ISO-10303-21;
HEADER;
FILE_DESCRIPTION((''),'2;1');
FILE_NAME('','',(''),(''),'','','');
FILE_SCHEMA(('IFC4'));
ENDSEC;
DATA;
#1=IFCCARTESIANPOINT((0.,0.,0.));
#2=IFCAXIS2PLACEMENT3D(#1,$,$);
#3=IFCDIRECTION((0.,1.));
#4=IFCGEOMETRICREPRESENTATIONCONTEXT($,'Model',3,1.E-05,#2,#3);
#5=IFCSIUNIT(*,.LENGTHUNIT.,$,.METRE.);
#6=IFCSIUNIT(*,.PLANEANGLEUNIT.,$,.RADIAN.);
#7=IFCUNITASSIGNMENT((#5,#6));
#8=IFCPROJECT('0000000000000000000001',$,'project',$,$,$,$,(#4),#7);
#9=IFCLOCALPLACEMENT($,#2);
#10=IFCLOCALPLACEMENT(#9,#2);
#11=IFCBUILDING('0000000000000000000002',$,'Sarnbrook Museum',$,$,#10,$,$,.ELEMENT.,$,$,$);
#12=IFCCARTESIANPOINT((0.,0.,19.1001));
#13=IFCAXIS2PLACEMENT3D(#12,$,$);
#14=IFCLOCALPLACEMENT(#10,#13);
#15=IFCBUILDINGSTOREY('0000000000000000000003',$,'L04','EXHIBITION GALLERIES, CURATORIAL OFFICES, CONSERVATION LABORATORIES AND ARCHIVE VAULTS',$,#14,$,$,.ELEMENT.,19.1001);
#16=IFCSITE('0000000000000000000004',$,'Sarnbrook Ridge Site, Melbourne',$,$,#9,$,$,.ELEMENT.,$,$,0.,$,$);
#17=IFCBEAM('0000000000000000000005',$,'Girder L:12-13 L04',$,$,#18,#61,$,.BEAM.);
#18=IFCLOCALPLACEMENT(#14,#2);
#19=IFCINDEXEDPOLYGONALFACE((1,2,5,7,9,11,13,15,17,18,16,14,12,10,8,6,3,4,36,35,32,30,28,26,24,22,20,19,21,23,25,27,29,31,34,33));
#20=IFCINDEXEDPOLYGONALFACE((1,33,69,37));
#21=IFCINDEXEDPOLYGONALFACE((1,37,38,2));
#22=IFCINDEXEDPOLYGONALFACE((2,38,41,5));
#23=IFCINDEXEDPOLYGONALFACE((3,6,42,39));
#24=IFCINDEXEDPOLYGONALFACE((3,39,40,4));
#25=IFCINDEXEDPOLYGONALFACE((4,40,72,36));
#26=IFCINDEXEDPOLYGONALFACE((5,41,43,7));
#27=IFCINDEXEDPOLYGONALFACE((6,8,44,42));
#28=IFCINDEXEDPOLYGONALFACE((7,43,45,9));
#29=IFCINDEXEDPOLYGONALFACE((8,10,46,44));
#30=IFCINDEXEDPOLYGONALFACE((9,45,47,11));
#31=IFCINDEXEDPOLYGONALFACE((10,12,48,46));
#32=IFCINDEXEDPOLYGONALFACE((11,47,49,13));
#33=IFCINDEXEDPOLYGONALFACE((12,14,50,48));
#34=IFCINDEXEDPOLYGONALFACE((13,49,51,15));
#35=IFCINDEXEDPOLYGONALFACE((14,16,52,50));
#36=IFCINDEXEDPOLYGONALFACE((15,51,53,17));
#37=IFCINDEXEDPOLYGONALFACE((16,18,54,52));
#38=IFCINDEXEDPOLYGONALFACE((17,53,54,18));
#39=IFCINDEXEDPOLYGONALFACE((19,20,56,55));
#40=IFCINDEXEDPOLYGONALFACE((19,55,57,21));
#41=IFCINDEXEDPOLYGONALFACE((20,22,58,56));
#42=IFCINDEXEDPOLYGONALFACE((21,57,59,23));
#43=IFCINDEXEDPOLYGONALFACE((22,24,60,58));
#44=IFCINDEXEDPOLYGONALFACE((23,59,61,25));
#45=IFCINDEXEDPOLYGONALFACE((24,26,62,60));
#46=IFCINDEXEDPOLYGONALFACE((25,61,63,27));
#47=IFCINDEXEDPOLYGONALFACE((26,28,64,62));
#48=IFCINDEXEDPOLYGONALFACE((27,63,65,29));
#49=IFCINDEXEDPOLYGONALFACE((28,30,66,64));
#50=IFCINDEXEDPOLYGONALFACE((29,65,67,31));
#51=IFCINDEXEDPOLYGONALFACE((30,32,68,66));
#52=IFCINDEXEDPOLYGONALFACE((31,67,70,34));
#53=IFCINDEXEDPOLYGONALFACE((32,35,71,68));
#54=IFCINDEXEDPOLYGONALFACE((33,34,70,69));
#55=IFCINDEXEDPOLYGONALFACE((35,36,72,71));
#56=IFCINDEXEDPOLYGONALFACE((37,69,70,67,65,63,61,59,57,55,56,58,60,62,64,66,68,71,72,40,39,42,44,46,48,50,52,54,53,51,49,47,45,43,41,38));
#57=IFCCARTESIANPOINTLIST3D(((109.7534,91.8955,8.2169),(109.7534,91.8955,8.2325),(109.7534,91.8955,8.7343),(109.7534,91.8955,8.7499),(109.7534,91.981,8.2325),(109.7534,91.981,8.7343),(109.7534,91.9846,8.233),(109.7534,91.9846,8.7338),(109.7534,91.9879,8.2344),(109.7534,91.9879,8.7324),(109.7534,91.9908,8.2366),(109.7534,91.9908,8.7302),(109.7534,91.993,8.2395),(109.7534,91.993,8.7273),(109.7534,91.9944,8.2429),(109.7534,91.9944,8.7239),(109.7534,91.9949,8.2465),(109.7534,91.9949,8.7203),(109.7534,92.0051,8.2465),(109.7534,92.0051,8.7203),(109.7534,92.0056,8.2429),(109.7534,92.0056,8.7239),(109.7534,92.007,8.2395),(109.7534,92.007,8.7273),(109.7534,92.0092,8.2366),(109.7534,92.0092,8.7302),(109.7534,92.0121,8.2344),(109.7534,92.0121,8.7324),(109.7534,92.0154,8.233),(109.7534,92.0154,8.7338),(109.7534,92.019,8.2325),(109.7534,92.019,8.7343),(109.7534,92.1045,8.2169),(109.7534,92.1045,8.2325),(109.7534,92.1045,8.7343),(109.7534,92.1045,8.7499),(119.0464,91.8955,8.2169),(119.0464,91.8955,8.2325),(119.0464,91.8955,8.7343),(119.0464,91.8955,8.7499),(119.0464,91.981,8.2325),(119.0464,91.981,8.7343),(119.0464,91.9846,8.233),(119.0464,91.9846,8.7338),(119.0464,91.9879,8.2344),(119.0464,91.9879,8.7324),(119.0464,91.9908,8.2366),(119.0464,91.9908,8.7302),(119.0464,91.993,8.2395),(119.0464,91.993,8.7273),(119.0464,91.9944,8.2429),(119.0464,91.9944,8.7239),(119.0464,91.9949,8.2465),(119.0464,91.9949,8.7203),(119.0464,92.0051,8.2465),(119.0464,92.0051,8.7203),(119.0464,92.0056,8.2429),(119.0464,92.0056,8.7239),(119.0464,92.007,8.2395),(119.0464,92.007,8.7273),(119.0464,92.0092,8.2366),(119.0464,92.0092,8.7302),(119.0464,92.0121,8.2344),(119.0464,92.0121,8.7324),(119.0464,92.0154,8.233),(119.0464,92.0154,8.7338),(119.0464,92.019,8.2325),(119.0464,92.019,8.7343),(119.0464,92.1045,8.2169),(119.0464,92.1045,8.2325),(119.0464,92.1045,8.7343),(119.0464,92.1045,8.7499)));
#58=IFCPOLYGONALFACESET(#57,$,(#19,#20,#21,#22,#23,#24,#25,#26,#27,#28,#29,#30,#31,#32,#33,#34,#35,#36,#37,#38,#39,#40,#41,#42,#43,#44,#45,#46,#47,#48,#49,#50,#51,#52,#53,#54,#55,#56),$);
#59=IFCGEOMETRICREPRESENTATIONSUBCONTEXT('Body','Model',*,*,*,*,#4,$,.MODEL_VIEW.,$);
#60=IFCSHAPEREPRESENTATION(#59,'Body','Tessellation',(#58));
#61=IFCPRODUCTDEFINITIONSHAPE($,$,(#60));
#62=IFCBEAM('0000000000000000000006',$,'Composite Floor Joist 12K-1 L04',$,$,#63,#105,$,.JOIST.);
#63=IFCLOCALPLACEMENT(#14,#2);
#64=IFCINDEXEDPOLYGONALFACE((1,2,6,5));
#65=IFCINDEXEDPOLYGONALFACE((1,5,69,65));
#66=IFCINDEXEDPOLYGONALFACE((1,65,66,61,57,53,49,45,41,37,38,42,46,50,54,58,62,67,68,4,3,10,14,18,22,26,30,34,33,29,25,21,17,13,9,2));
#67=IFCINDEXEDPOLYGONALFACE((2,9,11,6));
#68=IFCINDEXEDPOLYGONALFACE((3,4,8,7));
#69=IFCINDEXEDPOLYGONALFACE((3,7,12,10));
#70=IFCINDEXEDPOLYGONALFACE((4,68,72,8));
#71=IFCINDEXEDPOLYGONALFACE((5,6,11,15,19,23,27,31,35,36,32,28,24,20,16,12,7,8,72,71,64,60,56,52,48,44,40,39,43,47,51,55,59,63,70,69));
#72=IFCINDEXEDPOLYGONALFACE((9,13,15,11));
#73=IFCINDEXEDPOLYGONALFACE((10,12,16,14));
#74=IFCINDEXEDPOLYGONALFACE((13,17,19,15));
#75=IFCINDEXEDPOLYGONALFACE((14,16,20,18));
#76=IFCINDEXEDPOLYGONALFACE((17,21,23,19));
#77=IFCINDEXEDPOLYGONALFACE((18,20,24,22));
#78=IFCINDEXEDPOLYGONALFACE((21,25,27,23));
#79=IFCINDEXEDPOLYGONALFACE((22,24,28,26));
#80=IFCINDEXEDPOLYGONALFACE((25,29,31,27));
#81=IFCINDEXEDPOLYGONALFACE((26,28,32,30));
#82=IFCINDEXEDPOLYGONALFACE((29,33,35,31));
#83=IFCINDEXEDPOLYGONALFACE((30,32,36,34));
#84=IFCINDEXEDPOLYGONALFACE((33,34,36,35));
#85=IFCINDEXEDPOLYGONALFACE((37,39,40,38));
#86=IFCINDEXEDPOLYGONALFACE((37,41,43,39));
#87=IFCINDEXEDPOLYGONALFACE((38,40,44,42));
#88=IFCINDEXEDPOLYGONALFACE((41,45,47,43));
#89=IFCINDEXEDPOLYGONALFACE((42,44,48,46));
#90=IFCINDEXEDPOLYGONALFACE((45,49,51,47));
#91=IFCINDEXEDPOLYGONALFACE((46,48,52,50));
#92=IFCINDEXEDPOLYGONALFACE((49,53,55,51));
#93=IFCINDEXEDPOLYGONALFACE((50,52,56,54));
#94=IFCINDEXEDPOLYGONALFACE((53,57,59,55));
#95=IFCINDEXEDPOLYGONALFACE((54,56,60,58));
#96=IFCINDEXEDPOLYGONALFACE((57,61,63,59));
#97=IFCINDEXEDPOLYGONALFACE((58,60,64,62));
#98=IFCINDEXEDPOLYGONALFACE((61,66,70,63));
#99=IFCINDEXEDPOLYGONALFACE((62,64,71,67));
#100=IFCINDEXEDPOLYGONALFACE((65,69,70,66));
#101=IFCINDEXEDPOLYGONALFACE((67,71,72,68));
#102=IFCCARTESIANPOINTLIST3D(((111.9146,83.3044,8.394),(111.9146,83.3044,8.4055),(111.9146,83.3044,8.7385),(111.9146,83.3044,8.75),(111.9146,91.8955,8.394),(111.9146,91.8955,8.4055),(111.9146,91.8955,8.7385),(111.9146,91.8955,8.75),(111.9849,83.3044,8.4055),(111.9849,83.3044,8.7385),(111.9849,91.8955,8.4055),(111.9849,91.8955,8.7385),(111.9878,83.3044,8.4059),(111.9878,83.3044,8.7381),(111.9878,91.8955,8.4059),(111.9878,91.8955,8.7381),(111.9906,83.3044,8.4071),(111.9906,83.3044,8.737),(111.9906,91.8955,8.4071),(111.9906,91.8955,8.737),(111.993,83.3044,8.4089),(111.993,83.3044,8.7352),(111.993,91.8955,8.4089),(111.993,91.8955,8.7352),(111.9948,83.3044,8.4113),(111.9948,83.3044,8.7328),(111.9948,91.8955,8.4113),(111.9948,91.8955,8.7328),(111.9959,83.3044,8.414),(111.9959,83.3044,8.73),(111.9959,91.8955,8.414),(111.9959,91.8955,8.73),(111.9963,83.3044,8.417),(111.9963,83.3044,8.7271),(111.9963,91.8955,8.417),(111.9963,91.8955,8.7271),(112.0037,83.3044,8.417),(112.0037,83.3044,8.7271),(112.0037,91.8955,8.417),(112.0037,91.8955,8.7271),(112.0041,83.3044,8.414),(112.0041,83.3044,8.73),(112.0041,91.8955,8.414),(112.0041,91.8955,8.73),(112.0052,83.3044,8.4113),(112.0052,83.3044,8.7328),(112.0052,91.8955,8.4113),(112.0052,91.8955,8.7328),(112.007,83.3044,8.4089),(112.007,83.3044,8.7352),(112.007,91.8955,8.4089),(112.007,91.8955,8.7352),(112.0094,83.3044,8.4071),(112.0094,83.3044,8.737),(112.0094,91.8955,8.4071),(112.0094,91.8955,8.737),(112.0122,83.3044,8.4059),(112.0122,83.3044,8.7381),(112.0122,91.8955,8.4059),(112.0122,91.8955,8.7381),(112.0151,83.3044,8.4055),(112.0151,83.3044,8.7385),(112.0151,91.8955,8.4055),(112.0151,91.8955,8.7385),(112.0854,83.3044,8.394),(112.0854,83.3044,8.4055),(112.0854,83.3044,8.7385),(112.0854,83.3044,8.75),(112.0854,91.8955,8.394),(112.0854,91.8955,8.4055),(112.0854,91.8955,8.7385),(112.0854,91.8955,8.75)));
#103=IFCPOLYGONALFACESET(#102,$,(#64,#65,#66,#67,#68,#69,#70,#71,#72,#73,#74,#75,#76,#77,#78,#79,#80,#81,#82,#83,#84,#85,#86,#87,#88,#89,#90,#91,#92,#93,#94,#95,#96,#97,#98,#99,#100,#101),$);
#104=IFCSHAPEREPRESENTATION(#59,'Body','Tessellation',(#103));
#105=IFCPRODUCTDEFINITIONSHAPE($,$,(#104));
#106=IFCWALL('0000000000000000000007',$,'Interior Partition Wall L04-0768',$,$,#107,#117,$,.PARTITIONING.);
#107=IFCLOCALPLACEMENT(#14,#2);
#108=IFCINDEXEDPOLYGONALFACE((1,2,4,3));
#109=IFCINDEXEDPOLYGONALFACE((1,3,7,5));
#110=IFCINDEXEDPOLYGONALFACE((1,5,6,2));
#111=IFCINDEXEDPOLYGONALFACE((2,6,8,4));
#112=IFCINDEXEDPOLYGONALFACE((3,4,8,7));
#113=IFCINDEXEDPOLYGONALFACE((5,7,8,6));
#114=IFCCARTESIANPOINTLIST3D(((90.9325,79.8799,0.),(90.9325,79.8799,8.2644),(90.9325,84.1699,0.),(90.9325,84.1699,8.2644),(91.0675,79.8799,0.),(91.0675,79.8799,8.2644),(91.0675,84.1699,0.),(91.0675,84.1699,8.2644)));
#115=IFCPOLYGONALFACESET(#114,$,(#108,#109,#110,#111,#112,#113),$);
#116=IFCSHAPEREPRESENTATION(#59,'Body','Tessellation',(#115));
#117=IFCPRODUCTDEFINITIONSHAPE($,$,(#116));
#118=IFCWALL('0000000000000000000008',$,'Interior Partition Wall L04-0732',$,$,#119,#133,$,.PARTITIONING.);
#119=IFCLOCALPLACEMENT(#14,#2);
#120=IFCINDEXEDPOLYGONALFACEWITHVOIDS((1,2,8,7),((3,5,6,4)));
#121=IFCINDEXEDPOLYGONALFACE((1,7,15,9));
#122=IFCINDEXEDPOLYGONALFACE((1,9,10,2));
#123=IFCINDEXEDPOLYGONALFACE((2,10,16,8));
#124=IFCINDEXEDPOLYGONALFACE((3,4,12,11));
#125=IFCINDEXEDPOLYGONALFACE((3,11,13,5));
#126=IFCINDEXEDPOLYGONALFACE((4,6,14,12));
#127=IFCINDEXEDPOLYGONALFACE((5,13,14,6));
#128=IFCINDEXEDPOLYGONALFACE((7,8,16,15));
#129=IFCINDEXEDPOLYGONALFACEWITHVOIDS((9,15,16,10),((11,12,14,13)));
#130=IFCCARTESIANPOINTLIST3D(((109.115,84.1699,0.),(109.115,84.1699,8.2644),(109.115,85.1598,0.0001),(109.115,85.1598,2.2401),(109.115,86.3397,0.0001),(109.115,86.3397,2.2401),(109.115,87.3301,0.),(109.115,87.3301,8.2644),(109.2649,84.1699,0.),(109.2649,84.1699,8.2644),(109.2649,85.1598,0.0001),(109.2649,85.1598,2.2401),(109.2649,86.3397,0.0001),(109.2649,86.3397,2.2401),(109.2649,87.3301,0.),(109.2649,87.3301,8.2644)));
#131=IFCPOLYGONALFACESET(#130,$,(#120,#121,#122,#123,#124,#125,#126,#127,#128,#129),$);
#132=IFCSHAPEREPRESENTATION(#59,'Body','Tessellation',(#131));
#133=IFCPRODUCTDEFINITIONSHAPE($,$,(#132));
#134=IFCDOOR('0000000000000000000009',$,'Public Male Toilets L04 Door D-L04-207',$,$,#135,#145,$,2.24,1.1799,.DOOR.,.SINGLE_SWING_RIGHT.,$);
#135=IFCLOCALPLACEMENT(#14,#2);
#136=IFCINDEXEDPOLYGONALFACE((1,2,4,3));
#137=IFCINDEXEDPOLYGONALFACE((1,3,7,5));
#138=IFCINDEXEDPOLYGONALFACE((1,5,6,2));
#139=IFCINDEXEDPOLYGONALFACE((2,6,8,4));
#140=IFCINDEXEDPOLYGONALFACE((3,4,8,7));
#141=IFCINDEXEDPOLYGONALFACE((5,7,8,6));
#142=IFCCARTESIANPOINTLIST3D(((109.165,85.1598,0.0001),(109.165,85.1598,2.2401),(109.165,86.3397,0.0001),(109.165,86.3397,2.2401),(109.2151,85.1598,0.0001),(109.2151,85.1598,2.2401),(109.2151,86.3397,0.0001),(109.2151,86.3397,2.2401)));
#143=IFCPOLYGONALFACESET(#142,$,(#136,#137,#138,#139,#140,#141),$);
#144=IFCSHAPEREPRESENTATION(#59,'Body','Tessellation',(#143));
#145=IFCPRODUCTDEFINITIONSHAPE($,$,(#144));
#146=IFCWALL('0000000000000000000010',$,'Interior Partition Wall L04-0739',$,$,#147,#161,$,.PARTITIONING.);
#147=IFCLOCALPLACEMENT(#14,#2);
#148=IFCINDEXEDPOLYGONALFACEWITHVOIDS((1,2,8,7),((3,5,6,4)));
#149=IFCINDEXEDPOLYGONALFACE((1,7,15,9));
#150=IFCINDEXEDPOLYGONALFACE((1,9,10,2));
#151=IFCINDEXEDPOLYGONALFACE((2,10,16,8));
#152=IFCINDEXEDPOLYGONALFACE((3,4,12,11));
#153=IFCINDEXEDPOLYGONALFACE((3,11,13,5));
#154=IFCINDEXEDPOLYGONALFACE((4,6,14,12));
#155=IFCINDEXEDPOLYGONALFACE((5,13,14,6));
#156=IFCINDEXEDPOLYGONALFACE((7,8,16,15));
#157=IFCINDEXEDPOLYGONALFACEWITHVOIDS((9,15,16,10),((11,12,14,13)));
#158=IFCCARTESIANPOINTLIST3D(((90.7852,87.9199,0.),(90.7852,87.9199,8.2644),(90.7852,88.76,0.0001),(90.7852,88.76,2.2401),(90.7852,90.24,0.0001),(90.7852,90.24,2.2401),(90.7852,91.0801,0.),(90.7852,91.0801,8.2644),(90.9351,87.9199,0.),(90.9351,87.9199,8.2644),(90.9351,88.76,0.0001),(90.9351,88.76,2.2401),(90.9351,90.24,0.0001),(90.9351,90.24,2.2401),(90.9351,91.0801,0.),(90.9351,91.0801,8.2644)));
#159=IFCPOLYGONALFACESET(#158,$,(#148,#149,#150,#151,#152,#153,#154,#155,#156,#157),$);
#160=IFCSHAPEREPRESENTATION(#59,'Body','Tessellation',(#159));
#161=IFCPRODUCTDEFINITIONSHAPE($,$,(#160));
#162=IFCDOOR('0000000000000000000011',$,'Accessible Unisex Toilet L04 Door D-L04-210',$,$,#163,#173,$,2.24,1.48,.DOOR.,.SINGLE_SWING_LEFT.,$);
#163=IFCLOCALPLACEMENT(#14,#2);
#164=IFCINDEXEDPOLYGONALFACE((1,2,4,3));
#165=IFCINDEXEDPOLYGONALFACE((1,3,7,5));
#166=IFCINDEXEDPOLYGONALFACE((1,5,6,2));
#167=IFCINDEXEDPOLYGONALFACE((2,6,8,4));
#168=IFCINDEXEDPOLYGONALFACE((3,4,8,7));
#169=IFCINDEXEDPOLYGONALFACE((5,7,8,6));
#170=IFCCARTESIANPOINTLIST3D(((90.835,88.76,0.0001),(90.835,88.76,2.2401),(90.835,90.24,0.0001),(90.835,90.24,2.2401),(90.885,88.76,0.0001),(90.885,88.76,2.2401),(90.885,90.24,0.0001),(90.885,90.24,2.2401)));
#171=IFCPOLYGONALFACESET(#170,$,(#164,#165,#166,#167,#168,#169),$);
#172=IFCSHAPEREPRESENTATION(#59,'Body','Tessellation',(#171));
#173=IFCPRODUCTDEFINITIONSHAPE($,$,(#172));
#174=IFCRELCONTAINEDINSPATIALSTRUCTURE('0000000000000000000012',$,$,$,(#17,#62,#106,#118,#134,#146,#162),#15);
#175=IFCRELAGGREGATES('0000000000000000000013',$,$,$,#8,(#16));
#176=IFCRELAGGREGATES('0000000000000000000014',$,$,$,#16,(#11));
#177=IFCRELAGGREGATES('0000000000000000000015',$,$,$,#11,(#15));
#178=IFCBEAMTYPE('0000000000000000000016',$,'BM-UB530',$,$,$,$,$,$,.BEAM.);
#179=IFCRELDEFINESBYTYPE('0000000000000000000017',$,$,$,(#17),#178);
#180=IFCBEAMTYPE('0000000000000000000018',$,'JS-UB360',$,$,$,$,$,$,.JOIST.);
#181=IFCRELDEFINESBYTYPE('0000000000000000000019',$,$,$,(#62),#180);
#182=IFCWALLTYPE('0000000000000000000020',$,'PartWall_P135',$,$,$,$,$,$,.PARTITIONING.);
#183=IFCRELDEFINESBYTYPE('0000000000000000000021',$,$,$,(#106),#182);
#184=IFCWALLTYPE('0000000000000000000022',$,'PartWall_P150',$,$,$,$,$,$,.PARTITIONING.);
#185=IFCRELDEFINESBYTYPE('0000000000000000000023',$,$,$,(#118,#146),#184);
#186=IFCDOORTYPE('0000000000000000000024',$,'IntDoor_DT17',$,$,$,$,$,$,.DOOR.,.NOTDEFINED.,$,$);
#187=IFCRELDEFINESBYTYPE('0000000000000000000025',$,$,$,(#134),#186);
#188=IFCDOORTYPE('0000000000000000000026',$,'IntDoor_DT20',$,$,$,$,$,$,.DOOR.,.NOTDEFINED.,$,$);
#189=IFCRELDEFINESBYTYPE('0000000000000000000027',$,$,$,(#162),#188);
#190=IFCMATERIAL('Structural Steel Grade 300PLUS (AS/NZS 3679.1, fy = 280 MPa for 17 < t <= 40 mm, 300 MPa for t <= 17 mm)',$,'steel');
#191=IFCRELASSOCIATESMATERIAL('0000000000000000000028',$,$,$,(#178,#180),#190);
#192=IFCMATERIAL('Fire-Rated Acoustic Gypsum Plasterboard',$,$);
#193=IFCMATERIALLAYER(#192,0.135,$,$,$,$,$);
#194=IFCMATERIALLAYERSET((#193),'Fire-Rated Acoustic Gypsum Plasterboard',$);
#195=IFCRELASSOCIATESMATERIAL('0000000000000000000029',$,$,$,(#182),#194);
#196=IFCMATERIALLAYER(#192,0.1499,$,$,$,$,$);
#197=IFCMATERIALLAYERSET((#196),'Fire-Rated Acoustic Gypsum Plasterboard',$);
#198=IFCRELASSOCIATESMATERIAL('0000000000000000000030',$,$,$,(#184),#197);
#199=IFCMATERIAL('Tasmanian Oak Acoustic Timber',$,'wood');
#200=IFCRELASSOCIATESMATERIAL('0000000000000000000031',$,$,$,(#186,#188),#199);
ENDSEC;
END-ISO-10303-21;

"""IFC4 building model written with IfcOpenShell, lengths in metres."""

from ifc_helpers import new_model, si_unit, direction, frame, frame_2d, origin, origin_2d, place, context, subcontext, project, spatial, rectangle, i_section, extrude, material, layer, layer_set, material_profile, profile_set, type_object, element, fill, save


model = new_model("IFC4")

# Units and contexts
model_context = context("Model", 3, precision=1e-05, world=origin(), true_north=direction((0.0, 1.0)))
body_context = subcontext(model_context, "Body", "Model", "MODEL_VIEW")
ifc_project = project(units=[si_unit("LENGTHUNIT", "METRE"), si_unit("PLANEANGLEUNIT", "RADIAN")], contexts=[model_context])

# Site, building, storey
site_placement = place(None, origin())
site = spatial("IfcSite", under=ifc_project, at=site_placement, Name="Sarnbrook Ridge Site, Melbourne", CompositionType="ELEMENT", RefElevation=0.0)
building_placement = place(site_placement, origin())
building = spatial("IfcBuilding", under=site, at=building_placement, Name="Sarnbrook Museum", CompositionType="ELEMENT")
storey_placement = place(building_placement, frame((0.0, 0.0, 19.1001)))
storey = spatial("IfcBuildingStorey", under=building, at=storey_placement, Name="L04", Description="EXHIBITION GALLERIES, CURATORIAL OFFICES, CONSERVATION LABORATORIES AND ARCHIVE VAULTS", CompositionType="ELEMENT", Elevation=19.1001)

# Shared definitions
ifc_material_1 = material(Name="Structural Steel Grade 300PLUS (AS/NZS 3679.1, fy = 280 MPa for 17 < t <= 40 mm, 300 MPa for t <= 17 mm)", Category="steel")

# Beams
ifc_material_profile_1 = material_profile(ifc_material_1, i_section(OverallWidth=0.209, OverallDepth=0.533, WebThickness=0.0103, FlangeThickness=0.0156, FilletRadius=0.0139, at=origin_2d()), Name="530UB92.4")
ifc_profile_set_1 = profile_set([ifc_material_profile_1], Name="Structural Steel Grade 300PLUS (AS/NZS 3679.1, fy = 280 MPa for 17 < t <= 40 mm, 300 MPa for t <= 17 mm)")
beam_type_1 = type_object("IfcBeamType", Name="BM-UB530", PredefinedType="BEAM", material=ifc_profile_set_1)
for number, where, z_axis, x_axis, name in (
    (1, (109.7534, 92.0, 8.4834), (1.0, 0.0, 0.0), (0.0, 1.0, 0.0), "Girder L:12-13 L04"),
):
    element("IfcBeam", number, at=place(storey_placement, frame(where, z_axis=z_axis, x_axis=x_axis)), inside=storey, type_object=beam_type_1, Name=name, PredefinedType="BEAM", context=body_context, shape_type="SweptSolid", body=[
        extrude(i_section(OverallWidth=0.209, OverallDepth=0.533, WebThickness=0.0103, FlangeThickness=0.0156, FilletRadius=0.0139, at=origin_2d()), origin(), (0.0, 0.0, 1.0), 9.293),
    ])
ifc_material_profile_2 = material_profile(ifc_material_1, i_section(OverallWidth=0.1709, OverallDepth=0.356, WebThickness=0.0073, FlangeThickness=0.0115, FilletRadius=0.0115, at=origin_2d()), Name="360UB50.7")
ifc_profile_set_2 = profile_set([ifc_material_profile_2], Name="Structural Steel Grade 300PLUS (AS/NZS 3679.1, fy = 280 MPa for 17 < t <= 40 mm, 300 MPa for t <= 17 mm)")
beam_type_2 = type_object("IfcBeamType", Name="JS-UB360", PredefinedType="JOIST", material=ifc_profile_set_2)
beam_placement = place(storey_placement, frame((112.0, 83.3044, 8.572), z_axis=(0.0, 1.0, 0.0), x_axis=(-1.0, 0.0, 0.0)))
element("IfcBeam", 2, at=beam_placement, inside=storey, type_object=beam_type_2, Name="Composite Floor Joist 12K-1 L04", PredefinedType="JOIST", context=body_context, shape_type="SweptSolid", body=[
    extrude(i_section(OverallWidth=0.1709, OverallDepth=0.356, WebThickness=0.0073, FlangeThickness=0.0115, FilletRadius=0.0115, at=origin_2d()), origin(), (0.0, 0.0, 1.0), 8.5911),
])

# Wall
ifc_material_2 = material(Name="Fire-Rated Acoustic Gypsum Plasterboard")
ifc_layer_1 = layer(ifc_material_2, 0.135)
ifc_layer_set_1 = layer_set([ifc_layer_1], Name="Fire-Rated Acoustic Gypsum Plasterboard")
wall_type_1 = type_object("IfcWallType", Name="PartWall_P135", PredefinedType="PARTITIONING", material=ifc_layer_set_1)
wall_1_placement = place(storey_placement, frame((91.0, 84.1699, 0.0), z_axis=(0.0, 0.0, 1.0), x_axis=(0.0, -1.0, 0.0)))
element("IfcWall", 3, at=wall_1_placement, inside=storey, type_object=wall_type_1, Name="Interior Partition Wall L04-0768", PredefinedType="PARTITIONING", context=body_context, shape_type="SweptSolid", body=[
    extrude(rectangle(XDim=4.29, YDim=0.135, at=frame_2d((2.145, 0.0))), origin(), (0.0, 0.0, 1.0), 8.2644),
])

# Walls, openings, doors
ifc_layer_2 = layer(ifc_material_2, 0.1499)
ifc_layer_set_2 = layer_set([ifc_layer_2], Name="Fire-Rated Acoustic Gypsum Plasterboard")
wall_type_2 = type_object("IfcWallType", Name="PartWall_P150", PredefinedType="PARTITIONING", material=ifc_layer_set_2)
wall_2_placement = place(storey_placement, frame((109.1899, 84.1699, 0.0), z_axis=(0.0, 0.0, 1.0), x_axis=(0.0, 1.0, 0.0)))
wall_2 = element("IfcWall", 4, at=wall_2_placement, inside=storey, type_object=wall_type_2, Name="Interior Partition Wall L04-0732", PredefinedType="PARTITIONING", context=body_context, shape_type="SweptSolid", body=[
    extrude(rectangle(XDim=3.1602, YDim=0.1499, at=frame_2d((1.5801, 0.0))), origin(), (0.0, 0.0, 1.0), 8.2644),
])
opening_1_placement = place(wall_2_placement, frame((0.99, 0.0, 0.0)))
opening_1 = element("IfcOpeningElement", 5, at=opening_1_placement, cuts=wall_2, PredefinedType="OPENING", context=body_context, shape_type="SweptSolid", body=[
    extrude(rectangle(XDim=1.1799, YDim=2.24, at=frame_2d((0.5898, 1.1201))), frame((0.0, 0.085, 0.0), z_axis=(0.0, -1.0, 0.0), x_axis=(1.0, 0.0, 0.0)), (0.0, 0.0, 1.0), 0.1699),
])
ifc_material_3 = material(Name="Tasmanian Oak Acoustic Timber", Category="wood")
door_type_1 = type_object("IfcDoorType", Name="IntDoor_DT17", OperationType="NOTDEFINED", PredefinedType="DOOR", material=ifc_material_3)
door_1_placement = place(opening_1_placement, origin())
door_1 = element("IfcDoor", 6, at=door_1_placement, inside=storey, type_object=door_type_1, Name="Public Male Toilets L04 Door D-L04-207", OperationType="SINGLE_SWING_RIGHT", OverallHeight=2.24, OverallWidth=1.1799, PredefinedType="DOOR", context=body_context, shape_type="SweptSolid", body=[
    extrude(rectangle(XDim=1.1799, YDim=2.24, at=frame_2d((0.5898, 1.1201))), frame((0.0, 0.0249, 0.0), z_axis=(0.0, -1.0, 0.0), x_axis=(1.0, 0.0, 0.0)), (0.0, 0.0, 1.0), 0.05),
])
fill(opening_1, door_1)
wall_3_placement = place(storey_placement, frame((90.8601, 91.0801, 0.0), z_axis=(0.0, 0.0, 1.0), x_axis=(0.0, -1.0, 0.0)))
wall_3 = element("IfcWall", 7, at=wall_3_placement, inside=storey, type_object=wall_type_2, Name="Interior Partition Wall L04-0739", PredefinedType="PARTITIONING", context=body_context, shape_type="SweptSolid", body=[
    extrude(rectangle(XDim=3.1602, YDim=0.1499, at=frame_2d((1.5801, 0.0))), origin(), (0.0, 0.0, 1.0), 8.2644),
])
opening_2_placement = place(wall_3_placement, frame((0.8401, 0.0, 0.0)))
opening_2 = element("IfcOpeningElement", 8, at=opening_2_placement, cuts=wall_3, PredefinedType="OPENING", context=body_context, shape_type="SweptSolid", body=[
    extrude(rectangle(XDim=1.48, YDim=2.24, at=frame_2d((0.74, 1.1201))), frame((0.0, 0.085, 0.0), z_axis=(0.0, -1.0, 0.0), x_axis=(1.0, 0.0, 0.0)), (0.0, 0.0, 1.0), 0.1699),
])
door_type_2 = type_object("IfcDoorType", Name="IntDoor_DT20", OperationType="NOTDEFINED", PredefinedType="DOOR", material=ifc_material_3)
door_2_placement = place(opening_2_placement, origin())
door_2 = element("IfcDoor", 9, at=door_2_placement, inside=storey, type_object=door_type_2, Name="Accessible Unisex Toilet L04 Door D-L04-210", OperationType="SINGLE_SWING_LEFT", OverallHeight=2.24, OverallWidth=1.48, PredefinedType="DOOR", context=body_context, shape_type="SweptSolid", body=[
    extrude(rectangle(XDim=1.48, YDim=2.24, at=frame_2d((0.74, 1.1201))), frame((0.0, 0.0249, 0.0), z_axis=(0.0, -1.0, 0.0), x_axis=(1.0, 0.0, 0.0)), (0.0, 0.0, 1.0), 0.05),
])
fill(opening_2, door_2)

save(model, "model.ifc")
